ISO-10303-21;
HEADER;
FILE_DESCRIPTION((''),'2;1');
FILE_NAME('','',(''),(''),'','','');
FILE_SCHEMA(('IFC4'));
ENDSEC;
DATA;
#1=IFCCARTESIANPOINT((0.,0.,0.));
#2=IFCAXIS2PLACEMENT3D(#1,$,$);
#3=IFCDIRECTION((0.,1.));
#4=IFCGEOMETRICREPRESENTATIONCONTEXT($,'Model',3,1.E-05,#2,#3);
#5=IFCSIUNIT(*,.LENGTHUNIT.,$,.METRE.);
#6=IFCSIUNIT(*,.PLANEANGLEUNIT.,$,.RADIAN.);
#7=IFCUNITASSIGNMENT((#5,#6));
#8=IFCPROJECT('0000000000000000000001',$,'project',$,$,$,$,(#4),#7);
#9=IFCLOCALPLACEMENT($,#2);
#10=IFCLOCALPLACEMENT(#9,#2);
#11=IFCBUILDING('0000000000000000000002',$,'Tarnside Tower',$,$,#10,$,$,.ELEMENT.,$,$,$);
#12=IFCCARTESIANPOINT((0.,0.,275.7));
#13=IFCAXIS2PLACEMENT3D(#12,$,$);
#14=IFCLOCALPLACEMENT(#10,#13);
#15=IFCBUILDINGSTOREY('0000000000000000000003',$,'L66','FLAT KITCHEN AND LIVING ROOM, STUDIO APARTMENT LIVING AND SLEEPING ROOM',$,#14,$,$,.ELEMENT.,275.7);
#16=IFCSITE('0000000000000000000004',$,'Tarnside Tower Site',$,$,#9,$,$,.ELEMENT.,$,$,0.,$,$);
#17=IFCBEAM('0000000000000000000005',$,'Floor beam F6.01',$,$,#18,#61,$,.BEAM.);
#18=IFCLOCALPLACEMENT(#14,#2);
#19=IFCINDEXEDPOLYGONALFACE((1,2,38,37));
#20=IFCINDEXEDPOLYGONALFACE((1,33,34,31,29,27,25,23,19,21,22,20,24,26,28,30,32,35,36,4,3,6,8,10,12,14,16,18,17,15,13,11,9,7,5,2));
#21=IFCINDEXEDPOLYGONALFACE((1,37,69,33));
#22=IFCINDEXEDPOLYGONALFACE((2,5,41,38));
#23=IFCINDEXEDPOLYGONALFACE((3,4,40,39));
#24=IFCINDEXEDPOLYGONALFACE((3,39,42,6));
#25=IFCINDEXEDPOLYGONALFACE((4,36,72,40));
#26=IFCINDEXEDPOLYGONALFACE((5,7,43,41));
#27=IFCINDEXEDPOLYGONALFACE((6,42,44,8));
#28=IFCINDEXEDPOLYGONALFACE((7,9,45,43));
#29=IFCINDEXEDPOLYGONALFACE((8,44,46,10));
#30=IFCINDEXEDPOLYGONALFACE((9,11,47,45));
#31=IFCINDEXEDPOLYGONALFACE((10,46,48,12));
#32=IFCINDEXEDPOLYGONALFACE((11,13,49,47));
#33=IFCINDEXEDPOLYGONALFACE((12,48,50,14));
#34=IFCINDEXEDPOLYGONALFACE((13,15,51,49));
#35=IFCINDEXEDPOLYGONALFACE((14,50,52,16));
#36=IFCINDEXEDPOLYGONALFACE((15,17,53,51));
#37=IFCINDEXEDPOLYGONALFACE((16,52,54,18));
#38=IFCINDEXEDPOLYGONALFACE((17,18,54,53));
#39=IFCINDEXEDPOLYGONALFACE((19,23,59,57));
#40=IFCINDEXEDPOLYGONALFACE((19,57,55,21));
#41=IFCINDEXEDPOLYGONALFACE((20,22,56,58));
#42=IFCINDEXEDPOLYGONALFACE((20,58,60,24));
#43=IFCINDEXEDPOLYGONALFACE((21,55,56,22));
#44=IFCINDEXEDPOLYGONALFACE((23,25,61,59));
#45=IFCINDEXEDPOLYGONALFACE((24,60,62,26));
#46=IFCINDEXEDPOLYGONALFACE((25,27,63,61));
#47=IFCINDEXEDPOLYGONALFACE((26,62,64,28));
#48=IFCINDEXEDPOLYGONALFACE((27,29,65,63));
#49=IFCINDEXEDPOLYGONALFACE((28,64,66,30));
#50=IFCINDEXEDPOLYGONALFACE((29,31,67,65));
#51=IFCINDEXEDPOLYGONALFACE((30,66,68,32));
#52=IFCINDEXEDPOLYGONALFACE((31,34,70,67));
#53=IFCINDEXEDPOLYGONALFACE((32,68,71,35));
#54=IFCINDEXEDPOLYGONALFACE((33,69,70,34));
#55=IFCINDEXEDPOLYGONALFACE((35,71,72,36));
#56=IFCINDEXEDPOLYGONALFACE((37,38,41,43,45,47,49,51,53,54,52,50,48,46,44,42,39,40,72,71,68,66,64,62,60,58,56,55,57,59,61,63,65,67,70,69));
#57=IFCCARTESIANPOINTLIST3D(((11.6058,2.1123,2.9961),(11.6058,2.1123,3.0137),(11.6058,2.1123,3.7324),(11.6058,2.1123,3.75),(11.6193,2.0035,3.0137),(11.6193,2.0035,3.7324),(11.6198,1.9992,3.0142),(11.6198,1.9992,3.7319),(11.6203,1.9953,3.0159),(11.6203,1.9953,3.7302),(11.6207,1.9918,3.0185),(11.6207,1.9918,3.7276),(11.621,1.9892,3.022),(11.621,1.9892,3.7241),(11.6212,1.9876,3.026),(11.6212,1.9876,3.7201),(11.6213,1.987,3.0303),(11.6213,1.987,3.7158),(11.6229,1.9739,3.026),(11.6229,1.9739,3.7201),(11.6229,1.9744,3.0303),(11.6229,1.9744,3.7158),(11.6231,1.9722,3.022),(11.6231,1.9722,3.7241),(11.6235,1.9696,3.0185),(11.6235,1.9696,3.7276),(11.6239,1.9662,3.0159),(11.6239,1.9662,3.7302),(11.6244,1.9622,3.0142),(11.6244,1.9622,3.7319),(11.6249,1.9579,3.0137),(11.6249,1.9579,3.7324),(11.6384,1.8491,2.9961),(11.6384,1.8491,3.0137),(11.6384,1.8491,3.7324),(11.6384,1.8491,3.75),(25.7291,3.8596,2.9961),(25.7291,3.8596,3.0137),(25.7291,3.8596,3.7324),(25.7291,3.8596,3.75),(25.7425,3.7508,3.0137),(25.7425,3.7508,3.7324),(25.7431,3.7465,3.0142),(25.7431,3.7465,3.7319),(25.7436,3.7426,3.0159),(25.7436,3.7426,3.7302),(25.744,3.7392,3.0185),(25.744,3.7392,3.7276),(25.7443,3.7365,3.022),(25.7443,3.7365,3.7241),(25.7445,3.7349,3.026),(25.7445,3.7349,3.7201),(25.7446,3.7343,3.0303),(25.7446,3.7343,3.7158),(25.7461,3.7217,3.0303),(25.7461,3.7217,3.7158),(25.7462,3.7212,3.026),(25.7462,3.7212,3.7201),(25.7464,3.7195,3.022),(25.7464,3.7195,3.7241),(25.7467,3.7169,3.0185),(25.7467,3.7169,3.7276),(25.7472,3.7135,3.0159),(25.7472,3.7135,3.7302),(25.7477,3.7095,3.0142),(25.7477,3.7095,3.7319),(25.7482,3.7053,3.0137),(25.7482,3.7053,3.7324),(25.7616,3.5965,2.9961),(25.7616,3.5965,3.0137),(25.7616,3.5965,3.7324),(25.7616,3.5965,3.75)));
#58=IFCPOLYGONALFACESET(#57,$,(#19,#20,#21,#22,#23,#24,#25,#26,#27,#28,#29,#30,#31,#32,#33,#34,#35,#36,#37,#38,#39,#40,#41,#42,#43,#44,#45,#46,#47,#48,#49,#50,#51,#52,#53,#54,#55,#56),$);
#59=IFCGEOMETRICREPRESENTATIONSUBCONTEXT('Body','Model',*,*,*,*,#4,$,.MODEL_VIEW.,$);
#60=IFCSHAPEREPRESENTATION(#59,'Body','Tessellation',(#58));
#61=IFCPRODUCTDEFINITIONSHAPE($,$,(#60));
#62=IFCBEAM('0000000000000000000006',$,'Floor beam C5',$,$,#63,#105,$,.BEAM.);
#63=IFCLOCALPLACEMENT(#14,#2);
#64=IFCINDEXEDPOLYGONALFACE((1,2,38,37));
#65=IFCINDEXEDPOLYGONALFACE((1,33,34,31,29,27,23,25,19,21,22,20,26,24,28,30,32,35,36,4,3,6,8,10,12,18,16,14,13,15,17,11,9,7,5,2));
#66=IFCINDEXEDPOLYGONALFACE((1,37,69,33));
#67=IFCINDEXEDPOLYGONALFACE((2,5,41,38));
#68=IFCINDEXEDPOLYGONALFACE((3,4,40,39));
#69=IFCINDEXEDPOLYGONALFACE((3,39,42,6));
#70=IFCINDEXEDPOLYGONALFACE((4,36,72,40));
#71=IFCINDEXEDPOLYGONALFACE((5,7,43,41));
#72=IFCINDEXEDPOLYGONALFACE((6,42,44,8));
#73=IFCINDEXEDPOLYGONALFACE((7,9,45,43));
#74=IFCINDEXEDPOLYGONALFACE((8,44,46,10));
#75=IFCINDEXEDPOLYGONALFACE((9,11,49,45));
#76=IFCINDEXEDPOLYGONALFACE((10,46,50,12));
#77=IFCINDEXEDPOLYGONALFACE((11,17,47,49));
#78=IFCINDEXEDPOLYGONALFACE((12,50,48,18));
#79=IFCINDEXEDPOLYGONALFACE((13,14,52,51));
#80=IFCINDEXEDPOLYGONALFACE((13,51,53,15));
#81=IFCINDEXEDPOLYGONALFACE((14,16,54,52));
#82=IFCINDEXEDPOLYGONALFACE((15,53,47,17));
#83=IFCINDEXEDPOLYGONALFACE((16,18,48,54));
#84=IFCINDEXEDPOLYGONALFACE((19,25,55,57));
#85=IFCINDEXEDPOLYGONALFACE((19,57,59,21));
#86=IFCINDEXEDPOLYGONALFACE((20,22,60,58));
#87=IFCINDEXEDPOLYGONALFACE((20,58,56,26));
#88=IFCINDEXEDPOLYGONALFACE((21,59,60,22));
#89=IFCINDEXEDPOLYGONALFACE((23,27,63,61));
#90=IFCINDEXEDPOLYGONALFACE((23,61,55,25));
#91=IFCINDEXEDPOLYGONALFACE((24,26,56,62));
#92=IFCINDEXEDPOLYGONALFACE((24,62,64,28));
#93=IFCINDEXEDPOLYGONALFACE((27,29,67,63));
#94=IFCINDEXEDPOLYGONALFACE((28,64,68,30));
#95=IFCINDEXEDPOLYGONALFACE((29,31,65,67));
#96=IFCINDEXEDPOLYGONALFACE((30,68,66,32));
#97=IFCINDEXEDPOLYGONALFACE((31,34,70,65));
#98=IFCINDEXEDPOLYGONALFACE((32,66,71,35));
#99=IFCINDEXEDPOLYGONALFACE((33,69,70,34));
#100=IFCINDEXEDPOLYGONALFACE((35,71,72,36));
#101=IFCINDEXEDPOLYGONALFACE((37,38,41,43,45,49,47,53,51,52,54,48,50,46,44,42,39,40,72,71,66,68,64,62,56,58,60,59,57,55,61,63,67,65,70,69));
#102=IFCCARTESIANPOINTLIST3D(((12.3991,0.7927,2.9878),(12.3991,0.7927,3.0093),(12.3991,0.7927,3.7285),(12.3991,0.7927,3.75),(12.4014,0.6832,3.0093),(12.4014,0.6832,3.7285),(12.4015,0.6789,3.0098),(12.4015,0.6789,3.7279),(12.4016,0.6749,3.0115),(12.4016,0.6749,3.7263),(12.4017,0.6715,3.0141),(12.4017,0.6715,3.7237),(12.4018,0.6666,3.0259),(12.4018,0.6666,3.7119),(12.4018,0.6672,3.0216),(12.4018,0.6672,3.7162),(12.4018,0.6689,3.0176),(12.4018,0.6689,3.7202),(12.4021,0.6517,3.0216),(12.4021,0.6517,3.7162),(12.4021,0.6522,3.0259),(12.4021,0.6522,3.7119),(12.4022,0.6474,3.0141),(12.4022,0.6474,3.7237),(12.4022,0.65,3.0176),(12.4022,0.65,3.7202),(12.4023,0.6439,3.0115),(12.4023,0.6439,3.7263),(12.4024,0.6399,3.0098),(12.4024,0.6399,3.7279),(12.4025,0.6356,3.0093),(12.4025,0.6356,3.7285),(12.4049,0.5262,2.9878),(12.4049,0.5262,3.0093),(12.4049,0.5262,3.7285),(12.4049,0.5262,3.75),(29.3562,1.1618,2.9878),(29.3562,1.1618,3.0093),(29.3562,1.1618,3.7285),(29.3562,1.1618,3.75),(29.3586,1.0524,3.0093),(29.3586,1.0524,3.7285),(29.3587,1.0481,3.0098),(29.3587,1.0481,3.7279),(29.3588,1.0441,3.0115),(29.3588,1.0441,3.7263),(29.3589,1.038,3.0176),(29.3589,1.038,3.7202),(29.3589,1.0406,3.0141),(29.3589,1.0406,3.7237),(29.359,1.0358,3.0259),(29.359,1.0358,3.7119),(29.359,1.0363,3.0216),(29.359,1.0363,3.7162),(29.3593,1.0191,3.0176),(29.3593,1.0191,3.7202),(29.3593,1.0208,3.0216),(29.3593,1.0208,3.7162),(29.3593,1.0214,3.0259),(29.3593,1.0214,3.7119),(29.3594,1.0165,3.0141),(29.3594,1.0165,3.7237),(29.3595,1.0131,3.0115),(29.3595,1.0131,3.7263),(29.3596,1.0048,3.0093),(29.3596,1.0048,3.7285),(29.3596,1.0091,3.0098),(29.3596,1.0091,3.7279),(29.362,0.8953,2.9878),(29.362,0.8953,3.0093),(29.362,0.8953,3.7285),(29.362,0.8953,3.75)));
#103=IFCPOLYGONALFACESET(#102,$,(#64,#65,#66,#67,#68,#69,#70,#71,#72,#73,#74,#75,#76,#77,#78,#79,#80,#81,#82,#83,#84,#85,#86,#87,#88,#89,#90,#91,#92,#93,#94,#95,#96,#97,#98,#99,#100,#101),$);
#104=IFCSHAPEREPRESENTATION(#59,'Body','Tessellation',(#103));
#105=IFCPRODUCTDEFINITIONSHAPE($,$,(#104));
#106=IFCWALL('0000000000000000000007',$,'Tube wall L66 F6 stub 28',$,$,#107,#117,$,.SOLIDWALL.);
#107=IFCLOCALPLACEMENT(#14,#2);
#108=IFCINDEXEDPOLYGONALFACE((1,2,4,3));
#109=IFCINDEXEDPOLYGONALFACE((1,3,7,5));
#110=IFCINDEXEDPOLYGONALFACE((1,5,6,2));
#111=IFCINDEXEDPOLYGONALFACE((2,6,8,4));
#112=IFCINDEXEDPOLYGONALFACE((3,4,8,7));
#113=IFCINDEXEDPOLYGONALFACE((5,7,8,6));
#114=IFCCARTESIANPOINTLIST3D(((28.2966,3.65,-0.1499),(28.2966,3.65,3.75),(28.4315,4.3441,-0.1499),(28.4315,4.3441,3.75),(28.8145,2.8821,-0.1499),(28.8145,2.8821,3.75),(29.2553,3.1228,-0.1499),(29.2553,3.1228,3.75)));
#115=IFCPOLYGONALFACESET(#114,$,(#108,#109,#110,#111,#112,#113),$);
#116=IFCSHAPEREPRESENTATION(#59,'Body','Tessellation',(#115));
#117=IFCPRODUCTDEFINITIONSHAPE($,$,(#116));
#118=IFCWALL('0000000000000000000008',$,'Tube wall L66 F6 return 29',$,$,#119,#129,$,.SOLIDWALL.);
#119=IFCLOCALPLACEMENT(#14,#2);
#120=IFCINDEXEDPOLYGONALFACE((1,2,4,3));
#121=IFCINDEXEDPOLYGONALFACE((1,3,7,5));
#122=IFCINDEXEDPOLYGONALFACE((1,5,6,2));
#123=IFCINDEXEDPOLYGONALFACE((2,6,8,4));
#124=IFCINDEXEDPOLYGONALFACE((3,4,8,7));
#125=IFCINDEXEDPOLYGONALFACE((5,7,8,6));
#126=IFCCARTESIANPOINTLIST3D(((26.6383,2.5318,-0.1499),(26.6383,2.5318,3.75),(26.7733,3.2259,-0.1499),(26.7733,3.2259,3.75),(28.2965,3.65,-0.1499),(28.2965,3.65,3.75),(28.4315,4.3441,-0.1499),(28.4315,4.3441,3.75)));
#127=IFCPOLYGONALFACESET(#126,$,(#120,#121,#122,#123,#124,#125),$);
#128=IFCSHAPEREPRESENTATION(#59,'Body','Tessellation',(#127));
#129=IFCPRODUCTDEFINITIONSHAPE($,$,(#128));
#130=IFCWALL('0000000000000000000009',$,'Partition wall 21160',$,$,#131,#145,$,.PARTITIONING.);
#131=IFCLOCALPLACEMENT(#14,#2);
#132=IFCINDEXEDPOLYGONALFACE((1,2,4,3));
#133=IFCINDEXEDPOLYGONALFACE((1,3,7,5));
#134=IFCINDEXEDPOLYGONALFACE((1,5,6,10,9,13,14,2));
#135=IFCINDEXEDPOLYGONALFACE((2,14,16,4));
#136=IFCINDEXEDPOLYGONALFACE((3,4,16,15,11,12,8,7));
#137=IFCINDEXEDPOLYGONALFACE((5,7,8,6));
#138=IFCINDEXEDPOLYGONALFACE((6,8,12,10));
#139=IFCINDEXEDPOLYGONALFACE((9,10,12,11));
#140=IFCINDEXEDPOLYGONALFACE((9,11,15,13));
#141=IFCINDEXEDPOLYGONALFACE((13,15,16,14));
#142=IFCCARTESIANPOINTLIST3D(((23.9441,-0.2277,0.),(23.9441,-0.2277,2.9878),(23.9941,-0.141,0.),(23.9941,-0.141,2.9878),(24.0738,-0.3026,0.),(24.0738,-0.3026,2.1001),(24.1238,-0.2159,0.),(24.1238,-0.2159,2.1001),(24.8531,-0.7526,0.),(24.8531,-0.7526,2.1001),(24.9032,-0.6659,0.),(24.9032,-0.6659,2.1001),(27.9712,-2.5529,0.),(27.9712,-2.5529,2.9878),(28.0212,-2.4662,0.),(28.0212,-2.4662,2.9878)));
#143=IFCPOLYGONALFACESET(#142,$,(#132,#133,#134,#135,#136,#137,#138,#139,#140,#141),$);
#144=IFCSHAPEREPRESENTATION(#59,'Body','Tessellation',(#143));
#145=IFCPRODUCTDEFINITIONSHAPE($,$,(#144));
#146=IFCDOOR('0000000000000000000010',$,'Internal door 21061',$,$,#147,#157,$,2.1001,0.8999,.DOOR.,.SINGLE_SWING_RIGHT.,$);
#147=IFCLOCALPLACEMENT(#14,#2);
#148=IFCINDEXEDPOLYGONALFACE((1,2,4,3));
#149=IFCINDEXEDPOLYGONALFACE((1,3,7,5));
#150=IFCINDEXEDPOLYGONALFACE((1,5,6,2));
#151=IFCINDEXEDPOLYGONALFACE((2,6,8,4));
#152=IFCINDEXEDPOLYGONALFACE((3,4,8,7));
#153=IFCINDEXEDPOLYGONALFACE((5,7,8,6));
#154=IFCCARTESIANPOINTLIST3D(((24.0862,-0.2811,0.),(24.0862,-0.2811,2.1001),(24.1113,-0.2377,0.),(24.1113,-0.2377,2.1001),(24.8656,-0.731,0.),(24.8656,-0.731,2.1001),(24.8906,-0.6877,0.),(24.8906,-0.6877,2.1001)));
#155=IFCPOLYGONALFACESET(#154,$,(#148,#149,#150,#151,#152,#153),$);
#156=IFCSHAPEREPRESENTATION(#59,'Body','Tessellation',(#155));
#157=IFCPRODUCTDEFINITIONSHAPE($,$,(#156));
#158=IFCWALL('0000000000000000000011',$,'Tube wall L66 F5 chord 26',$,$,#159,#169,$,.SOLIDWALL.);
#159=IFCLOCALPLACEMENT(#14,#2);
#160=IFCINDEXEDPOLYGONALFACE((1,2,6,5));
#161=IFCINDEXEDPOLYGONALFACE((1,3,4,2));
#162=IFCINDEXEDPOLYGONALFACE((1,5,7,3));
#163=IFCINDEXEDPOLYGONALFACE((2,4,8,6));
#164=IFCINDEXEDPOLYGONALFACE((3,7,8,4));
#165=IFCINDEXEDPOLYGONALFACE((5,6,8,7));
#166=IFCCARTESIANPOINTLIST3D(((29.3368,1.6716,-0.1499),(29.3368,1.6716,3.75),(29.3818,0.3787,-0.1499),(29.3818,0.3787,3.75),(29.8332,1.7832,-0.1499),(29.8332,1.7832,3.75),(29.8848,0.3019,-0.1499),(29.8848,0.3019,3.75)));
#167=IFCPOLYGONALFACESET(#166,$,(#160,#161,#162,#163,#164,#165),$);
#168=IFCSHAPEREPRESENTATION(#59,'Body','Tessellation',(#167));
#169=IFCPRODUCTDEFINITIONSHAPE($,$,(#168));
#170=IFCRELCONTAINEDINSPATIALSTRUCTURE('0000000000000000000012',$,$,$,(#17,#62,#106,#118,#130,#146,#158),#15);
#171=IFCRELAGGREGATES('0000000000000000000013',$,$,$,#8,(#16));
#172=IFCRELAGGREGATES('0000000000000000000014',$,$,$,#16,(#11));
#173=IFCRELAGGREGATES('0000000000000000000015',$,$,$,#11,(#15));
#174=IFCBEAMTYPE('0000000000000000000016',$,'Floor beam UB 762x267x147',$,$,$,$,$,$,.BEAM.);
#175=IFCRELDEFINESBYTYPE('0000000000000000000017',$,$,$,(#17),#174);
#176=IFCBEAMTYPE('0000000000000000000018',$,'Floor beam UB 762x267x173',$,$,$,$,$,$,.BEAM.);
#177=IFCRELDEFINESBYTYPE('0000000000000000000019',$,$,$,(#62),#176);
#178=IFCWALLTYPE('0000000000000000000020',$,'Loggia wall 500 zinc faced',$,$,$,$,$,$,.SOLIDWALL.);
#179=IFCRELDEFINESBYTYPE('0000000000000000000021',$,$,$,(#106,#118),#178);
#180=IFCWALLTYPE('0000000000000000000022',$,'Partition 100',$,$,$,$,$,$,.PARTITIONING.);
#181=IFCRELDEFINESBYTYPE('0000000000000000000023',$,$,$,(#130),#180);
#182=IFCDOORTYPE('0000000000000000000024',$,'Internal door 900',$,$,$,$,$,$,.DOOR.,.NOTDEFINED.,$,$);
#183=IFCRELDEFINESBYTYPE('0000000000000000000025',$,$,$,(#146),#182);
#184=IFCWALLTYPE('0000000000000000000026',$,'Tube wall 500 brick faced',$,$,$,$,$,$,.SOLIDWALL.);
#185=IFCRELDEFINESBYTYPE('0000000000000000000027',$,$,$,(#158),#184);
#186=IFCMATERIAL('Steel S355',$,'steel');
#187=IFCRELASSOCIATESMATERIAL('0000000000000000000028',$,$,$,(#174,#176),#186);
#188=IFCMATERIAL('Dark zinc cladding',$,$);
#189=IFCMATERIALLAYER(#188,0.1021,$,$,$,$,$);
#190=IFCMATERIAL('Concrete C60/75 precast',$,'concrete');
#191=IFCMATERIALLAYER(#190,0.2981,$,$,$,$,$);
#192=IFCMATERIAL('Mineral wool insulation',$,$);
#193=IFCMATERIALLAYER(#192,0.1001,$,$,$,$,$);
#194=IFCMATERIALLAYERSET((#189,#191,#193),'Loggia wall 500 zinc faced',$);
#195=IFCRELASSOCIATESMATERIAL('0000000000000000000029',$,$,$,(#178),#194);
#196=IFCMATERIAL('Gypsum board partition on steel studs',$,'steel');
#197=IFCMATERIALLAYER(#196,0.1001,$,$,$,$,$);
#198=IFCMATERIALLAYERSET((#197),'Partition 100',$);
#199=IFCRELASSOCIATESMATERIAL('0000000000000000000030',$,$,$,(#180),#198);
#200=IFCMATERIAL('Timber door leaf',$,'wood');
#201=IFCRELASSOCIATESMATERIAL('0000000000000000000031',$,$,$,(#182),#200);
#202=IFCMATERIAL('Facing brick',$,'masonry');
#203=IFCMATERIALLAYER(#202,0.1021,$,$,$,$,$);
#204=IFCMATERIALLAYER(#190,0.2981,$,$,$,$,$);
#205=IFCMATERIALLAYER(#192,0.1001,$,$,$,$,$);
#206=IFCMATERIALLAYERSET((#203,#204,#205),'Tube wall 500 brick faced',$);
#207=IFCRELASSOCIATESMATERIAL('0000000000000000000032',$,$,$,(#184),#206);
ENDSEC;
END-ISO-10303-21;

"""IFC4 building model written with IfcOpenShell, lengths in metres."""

from ifc_helpers import new_model, si_unit, direction, frame, frame_2d, origin, origin_2d, place, context, subcontext, project, spatial, polyline, rectangle, i_section, outline, extrude, material, layer, layer_set, material_profile, profile_set, type_object, element, fill, save


model = new_model("IFC4")

# Units and contexts
model_context = context("Model", 3, precision=1e-05, world=origin(), true_north=direction((0.0, 1.0)))
body_context = subcontext(model_context, "Body", "Model", "MODEL_VIEW")
ifc_project = project(units=[si_unit("LENGTHUNIT", "METRE"), si_unit("PLANEANGLEUNIT", "RADIAN")], contexts=[model_context])

# Site, building, storey
site_placement = place(None, origin())
site = spatial("IfcSite", under=ifc_project, at=site_placement, Name="Tarnside Tower Site", CompositionType="ELEMENT", RefElevation=0.0)
building_placement = place(site_placement, origin())
building = spatial("IfcBuilding", under=site, at=building_placement, Name="Tarnside Tower", CompositionType="ELEMENT")
storey_placement = place(building_placement, frame((0.0, 0.0, 275.7)))
storey = spatial("IfcBuildingStorey", under=building, at=storey_placement, Name="L66", Description="FLAT KITCHEN AND LIVING ROOM, STUDIO APARTMENT LIVING AND SLEEPING ROOM", CompositionType="ELEMENT", Elevation=275.7)

# Beams
ifc_material_1 = material(Name="Steel S355", Category="steel")
ifc_material_profile_1 = material_profile(ifc_material_1, i_section(OverallWidth=0.2651, OverallDepth=0.7539, WebThickness=0.0127, FlangeThickness=0.0176, FilletRadius=0.0166, at=origin_2d()), Name="UB 762x267x147")
ifc_profile_set_1 = profile_set([ifc_material_profile_1], Name="Steel S355")
beam_type_1 = type_object("IfcBeamType", Name="Floor beam UB 762x267x147", PredefinedType="BEAM", material=ifc_profile_set_1)
beam_1_placement = place(storey_placement, frame((25.7454, 3.728, 3.373), z_axis=(-0.992434, -0.122783, 0.0), x_axis=(0.122783, -0.992434, 0.0)))
element("IfcBeam", 1, at=beam_1_placement, inside=storey, type_object=beam_type_1, Name="Floor beam F6.01", PredefinedType="BEAM", context=body_context, shape_type="SweptSolid", body=[
    extrude(i_section(OverallWidth=0.2651, OverallDepth=0.7539, WebThickness=0.0127, FlangeThickness=0.0176, FilletRadius=0.0166, at=origin_2d()), origin(), (0.0, 0.0, 1.0), 14.231),
])
ifc_material_profile_2 = material_profile(ifc_material_1, i_section(OverallWidth=0.2666, OverallDepth=0.7622, WebThickness=0.0144, FlangeThickness=0.0215, FilletRadius=0.0166, at=origin_2d()), Name="UB 762x267x173")
ifc_profile_set_2 = profile_set([ifc_material_profile_2], Name="Steel S355")
beam_type_2 = type_object("IfcBeamType", Name="Floor beam UB 762x267x173", PredefinedType="BEAM", material=ifc_profile_set_2)
beam_2_placement = place(storey_placement, frame((29.3591, 1.0286, 3.3689), z_axis=(-0.999763, -0.021764, 0.0), x_axis=(0.021764, -0.999763, 0.0)))
element("IfcBeam", 2, at=beam_2_placement, inside=storey, type_object=beam_type_2, Name="Floor beam C5", PredefinedType="BEAM", context=body_context, shape_type="SweptSolid", body=[
    extrude(i_section(OverallWidth=0.2666, OverallDepth=0.7622, WebThickness=0.0144, FlangeThickness=0.0215, FilletRadius=0.0166, at=origin_2d()), origin(), (0.0, 0.0, 1.0), 16.9612),
])

# Walls
ifc_material_2 = material(Name="Dark zinc cladding")
ifc_layer_1 = layer(ifc_material_2, 0.1021)
ifc_material_3 = material(Name="Concrete C60/75 precast", Category="concrete")
ifc_layer_2 = layer(ifc_material_3, 0.2981)
ifc_material_4 = material(Name="Mineral wool insulation")
ifc_layer_3 = layer(ifc_material_4, 0.1001)
ifc_layer_set_1 = layer_set([ifc_layer_1, ifc_layer_2, ifc_layer_3], Name="Loggia wall 500 zinc faced")
wall_type_1 = type_object("IfcWallType", Name="Loggia wall 500 zinc faced", PredefinedType="SOLIDWALL", material=ifc_layer_set_1)
wall_1_placement = place(storey_placement, frame((29.0349, 3.0024, -0.1499), z_axis=(0.0, 0.0, 1.0), x_axis=(-0.5592, 0.829033, 0.0)))
element("IfcWall", 3, at=wall_1_placement, inside=storey, type_object=wall_type_1, Name="Tube wall L66 F6 stub 28", PredefinedType="SOLIDWALL", context=body_context, shape_type="SweptSolid", body=[
    extrude(outline(polyline([(-0.0234, -0.25), (1.4497, -0.25), (0.9497, 0.25), (0.0234, 0.25), (-0.0234, -0.25)])), origin(), (0.0, 0.0, 1.0), 3.8999),
])
wall_2_placement = place(storey_placement, frame((28.364, 3.9971, -0.1499), z_axis=(0.0, 0.0, 1.0), x_axis=(-0.829109, -0.559087, 0.0)))
element("IfcWall", 4, at=wall_2_placement, inside=storey, type_object=wall_type_1, Name="Tube wall L66 F6 return 29", PredefinedType="SOLIDWALL", context=body_context, shape_type="SweptSolid", body=[
    extrude(outline(polyline([(-0.25, -0.25), (1.75, -0.25), (2.25, 0.25), (0.25, 0.25), (-0.25, -0.25)])), origin(), (0.0, 0.0, 1.0), 3.8999),
])

# Wall, opening, door
ifc_material_5 = material(Name="Gypsum board partition on steel studs", Category="steel")
ifc_layer_4 = layer(ifc_material_5, 0.1001)
ifc_layer_set_2 = layer_set([ifc_layer_4], Name="Partition 100")
wall_type_2 = type_object("IfcWallType", Name="Partition 100", PredefinedType="PARTITIONING", material=ifc_layer_set_2)
wall_3_placement = place(storey_placement, frame((23.969, -0.1843, 0.0), z_axis=(0.0, 0.0, 1.0), x_axis=(0.866012, -0.500024, 0.0)))
wall_3 = element("IfcWall", 5, at=wall_3_placement, inside=storey, type_object=wall_type_2, Name="Partition wall 21160", PredefinedType="PARTITIONING", context=body_context, shape_type="SweptSolid", body=[
    extrude(rectangle(XDim=4.6501, YDim=0.1001, at=frame_2d((2.3252, 0.0))), origin(), (0.0, 0.0, 1.0), 2.9878),
])
opening_1_placement = place(wall_3_placement, frame((0.1499, 0.0, 0.0)))
opening_1 = element("IfcOpeningElement", 6, at=opening_1_placement, cuts=wall_3, PredefinedType="OPENING", context=body_context, shape_type="SweptSolid", body=[
    extrude(rectangle(XDim=0.8999, YDim=2.1001, at=frame_2d((0.45, 1.05))), frame((0.0, 0.0601, 0.0), z_axis=(0.0, -1.0, 0.0), x_axis=(1.0, 0.0, 0.0)), (0.0, 0.0, 1.0), 0.1201),
])
ifc_material_6 = material(Name="Timber door leaf", Category="wood")
door_type_1 = type_object("IfcDoorType", Name="Internal door 900", OperationType="NOTDEFINED", PredefinedType="DOOR", material=ifc_material_6)
door_1_placement = place(opening_1_placement, origin())
door_1 = element("IfcDoor", 7, at=door_1_placement, inside=storey, type_object=door_type_1, Name="Internal door 21061", OperationType="SINGLE_SWING_RIGHT", OverallHeight=2.1001, OverallWidth=0.8999, PredefinedType="DOOR", context=body_context, shape_type="SweptSolid", body=[
    extrude(rectangle(XDim=0.8999, YDim=2.1001, at=frame_2d((0.45, 1.05))), frame((0.0, 0.0249, 0.0), z_axis=(0.0, -1.0, 0.0), x_axis=(1.0, 0.0, 0.0)), (0.0, 0.0, 1.0), 0.05),
])
fill(opening_1, door_1)

# Wall
ifc_material_7 = material(Name="Facing brick", Category="masonry")
ifc_layer_5 = layer(ifc_material_7, 0.1021)
ifc_layer_6 = layer(ifc_material_3, 0.2981)
ifc_layer_7 = layer(ifc_material_4, 0.1001)
ifc_layer_set_3 = layer_set([ifc_layer_5, ifc_layer_6, ifc_layer_7], Name="Tube wall 500 brick faced")
wall_type_3 = type_object("IfcWallType", Name="Tube wall 500 brick faced", PredefinedType="SOLIDWALL", material=ifc_layer_set_3)
wall_4_placement = place(storey_placement, frame((29.6333, 0.3403, -0.1499), z_axis=(0.0, 0.0, 1.0), x_axis=(-0.034826, 0.999393, 0.0)))
element("IfcWall", 8, at=wall_4_placement, inside=storey, type_object=wall_type_3, Name="Tube wall L66 F5 chord 26", PredefinedType="SOLIDWALL", context=body_context, shape_type="SweptSolid", body=[
    extrude(outline(polyline([(-0.0471, -0.25), (1.4351, -0.25), (1.3408, 0.25), (0.0471, 0.25), (-0.0471, -0.25)])), origin(), (0.0, 0.0, 1.0), 3.8999),
])

save(model, "model.ifc")
